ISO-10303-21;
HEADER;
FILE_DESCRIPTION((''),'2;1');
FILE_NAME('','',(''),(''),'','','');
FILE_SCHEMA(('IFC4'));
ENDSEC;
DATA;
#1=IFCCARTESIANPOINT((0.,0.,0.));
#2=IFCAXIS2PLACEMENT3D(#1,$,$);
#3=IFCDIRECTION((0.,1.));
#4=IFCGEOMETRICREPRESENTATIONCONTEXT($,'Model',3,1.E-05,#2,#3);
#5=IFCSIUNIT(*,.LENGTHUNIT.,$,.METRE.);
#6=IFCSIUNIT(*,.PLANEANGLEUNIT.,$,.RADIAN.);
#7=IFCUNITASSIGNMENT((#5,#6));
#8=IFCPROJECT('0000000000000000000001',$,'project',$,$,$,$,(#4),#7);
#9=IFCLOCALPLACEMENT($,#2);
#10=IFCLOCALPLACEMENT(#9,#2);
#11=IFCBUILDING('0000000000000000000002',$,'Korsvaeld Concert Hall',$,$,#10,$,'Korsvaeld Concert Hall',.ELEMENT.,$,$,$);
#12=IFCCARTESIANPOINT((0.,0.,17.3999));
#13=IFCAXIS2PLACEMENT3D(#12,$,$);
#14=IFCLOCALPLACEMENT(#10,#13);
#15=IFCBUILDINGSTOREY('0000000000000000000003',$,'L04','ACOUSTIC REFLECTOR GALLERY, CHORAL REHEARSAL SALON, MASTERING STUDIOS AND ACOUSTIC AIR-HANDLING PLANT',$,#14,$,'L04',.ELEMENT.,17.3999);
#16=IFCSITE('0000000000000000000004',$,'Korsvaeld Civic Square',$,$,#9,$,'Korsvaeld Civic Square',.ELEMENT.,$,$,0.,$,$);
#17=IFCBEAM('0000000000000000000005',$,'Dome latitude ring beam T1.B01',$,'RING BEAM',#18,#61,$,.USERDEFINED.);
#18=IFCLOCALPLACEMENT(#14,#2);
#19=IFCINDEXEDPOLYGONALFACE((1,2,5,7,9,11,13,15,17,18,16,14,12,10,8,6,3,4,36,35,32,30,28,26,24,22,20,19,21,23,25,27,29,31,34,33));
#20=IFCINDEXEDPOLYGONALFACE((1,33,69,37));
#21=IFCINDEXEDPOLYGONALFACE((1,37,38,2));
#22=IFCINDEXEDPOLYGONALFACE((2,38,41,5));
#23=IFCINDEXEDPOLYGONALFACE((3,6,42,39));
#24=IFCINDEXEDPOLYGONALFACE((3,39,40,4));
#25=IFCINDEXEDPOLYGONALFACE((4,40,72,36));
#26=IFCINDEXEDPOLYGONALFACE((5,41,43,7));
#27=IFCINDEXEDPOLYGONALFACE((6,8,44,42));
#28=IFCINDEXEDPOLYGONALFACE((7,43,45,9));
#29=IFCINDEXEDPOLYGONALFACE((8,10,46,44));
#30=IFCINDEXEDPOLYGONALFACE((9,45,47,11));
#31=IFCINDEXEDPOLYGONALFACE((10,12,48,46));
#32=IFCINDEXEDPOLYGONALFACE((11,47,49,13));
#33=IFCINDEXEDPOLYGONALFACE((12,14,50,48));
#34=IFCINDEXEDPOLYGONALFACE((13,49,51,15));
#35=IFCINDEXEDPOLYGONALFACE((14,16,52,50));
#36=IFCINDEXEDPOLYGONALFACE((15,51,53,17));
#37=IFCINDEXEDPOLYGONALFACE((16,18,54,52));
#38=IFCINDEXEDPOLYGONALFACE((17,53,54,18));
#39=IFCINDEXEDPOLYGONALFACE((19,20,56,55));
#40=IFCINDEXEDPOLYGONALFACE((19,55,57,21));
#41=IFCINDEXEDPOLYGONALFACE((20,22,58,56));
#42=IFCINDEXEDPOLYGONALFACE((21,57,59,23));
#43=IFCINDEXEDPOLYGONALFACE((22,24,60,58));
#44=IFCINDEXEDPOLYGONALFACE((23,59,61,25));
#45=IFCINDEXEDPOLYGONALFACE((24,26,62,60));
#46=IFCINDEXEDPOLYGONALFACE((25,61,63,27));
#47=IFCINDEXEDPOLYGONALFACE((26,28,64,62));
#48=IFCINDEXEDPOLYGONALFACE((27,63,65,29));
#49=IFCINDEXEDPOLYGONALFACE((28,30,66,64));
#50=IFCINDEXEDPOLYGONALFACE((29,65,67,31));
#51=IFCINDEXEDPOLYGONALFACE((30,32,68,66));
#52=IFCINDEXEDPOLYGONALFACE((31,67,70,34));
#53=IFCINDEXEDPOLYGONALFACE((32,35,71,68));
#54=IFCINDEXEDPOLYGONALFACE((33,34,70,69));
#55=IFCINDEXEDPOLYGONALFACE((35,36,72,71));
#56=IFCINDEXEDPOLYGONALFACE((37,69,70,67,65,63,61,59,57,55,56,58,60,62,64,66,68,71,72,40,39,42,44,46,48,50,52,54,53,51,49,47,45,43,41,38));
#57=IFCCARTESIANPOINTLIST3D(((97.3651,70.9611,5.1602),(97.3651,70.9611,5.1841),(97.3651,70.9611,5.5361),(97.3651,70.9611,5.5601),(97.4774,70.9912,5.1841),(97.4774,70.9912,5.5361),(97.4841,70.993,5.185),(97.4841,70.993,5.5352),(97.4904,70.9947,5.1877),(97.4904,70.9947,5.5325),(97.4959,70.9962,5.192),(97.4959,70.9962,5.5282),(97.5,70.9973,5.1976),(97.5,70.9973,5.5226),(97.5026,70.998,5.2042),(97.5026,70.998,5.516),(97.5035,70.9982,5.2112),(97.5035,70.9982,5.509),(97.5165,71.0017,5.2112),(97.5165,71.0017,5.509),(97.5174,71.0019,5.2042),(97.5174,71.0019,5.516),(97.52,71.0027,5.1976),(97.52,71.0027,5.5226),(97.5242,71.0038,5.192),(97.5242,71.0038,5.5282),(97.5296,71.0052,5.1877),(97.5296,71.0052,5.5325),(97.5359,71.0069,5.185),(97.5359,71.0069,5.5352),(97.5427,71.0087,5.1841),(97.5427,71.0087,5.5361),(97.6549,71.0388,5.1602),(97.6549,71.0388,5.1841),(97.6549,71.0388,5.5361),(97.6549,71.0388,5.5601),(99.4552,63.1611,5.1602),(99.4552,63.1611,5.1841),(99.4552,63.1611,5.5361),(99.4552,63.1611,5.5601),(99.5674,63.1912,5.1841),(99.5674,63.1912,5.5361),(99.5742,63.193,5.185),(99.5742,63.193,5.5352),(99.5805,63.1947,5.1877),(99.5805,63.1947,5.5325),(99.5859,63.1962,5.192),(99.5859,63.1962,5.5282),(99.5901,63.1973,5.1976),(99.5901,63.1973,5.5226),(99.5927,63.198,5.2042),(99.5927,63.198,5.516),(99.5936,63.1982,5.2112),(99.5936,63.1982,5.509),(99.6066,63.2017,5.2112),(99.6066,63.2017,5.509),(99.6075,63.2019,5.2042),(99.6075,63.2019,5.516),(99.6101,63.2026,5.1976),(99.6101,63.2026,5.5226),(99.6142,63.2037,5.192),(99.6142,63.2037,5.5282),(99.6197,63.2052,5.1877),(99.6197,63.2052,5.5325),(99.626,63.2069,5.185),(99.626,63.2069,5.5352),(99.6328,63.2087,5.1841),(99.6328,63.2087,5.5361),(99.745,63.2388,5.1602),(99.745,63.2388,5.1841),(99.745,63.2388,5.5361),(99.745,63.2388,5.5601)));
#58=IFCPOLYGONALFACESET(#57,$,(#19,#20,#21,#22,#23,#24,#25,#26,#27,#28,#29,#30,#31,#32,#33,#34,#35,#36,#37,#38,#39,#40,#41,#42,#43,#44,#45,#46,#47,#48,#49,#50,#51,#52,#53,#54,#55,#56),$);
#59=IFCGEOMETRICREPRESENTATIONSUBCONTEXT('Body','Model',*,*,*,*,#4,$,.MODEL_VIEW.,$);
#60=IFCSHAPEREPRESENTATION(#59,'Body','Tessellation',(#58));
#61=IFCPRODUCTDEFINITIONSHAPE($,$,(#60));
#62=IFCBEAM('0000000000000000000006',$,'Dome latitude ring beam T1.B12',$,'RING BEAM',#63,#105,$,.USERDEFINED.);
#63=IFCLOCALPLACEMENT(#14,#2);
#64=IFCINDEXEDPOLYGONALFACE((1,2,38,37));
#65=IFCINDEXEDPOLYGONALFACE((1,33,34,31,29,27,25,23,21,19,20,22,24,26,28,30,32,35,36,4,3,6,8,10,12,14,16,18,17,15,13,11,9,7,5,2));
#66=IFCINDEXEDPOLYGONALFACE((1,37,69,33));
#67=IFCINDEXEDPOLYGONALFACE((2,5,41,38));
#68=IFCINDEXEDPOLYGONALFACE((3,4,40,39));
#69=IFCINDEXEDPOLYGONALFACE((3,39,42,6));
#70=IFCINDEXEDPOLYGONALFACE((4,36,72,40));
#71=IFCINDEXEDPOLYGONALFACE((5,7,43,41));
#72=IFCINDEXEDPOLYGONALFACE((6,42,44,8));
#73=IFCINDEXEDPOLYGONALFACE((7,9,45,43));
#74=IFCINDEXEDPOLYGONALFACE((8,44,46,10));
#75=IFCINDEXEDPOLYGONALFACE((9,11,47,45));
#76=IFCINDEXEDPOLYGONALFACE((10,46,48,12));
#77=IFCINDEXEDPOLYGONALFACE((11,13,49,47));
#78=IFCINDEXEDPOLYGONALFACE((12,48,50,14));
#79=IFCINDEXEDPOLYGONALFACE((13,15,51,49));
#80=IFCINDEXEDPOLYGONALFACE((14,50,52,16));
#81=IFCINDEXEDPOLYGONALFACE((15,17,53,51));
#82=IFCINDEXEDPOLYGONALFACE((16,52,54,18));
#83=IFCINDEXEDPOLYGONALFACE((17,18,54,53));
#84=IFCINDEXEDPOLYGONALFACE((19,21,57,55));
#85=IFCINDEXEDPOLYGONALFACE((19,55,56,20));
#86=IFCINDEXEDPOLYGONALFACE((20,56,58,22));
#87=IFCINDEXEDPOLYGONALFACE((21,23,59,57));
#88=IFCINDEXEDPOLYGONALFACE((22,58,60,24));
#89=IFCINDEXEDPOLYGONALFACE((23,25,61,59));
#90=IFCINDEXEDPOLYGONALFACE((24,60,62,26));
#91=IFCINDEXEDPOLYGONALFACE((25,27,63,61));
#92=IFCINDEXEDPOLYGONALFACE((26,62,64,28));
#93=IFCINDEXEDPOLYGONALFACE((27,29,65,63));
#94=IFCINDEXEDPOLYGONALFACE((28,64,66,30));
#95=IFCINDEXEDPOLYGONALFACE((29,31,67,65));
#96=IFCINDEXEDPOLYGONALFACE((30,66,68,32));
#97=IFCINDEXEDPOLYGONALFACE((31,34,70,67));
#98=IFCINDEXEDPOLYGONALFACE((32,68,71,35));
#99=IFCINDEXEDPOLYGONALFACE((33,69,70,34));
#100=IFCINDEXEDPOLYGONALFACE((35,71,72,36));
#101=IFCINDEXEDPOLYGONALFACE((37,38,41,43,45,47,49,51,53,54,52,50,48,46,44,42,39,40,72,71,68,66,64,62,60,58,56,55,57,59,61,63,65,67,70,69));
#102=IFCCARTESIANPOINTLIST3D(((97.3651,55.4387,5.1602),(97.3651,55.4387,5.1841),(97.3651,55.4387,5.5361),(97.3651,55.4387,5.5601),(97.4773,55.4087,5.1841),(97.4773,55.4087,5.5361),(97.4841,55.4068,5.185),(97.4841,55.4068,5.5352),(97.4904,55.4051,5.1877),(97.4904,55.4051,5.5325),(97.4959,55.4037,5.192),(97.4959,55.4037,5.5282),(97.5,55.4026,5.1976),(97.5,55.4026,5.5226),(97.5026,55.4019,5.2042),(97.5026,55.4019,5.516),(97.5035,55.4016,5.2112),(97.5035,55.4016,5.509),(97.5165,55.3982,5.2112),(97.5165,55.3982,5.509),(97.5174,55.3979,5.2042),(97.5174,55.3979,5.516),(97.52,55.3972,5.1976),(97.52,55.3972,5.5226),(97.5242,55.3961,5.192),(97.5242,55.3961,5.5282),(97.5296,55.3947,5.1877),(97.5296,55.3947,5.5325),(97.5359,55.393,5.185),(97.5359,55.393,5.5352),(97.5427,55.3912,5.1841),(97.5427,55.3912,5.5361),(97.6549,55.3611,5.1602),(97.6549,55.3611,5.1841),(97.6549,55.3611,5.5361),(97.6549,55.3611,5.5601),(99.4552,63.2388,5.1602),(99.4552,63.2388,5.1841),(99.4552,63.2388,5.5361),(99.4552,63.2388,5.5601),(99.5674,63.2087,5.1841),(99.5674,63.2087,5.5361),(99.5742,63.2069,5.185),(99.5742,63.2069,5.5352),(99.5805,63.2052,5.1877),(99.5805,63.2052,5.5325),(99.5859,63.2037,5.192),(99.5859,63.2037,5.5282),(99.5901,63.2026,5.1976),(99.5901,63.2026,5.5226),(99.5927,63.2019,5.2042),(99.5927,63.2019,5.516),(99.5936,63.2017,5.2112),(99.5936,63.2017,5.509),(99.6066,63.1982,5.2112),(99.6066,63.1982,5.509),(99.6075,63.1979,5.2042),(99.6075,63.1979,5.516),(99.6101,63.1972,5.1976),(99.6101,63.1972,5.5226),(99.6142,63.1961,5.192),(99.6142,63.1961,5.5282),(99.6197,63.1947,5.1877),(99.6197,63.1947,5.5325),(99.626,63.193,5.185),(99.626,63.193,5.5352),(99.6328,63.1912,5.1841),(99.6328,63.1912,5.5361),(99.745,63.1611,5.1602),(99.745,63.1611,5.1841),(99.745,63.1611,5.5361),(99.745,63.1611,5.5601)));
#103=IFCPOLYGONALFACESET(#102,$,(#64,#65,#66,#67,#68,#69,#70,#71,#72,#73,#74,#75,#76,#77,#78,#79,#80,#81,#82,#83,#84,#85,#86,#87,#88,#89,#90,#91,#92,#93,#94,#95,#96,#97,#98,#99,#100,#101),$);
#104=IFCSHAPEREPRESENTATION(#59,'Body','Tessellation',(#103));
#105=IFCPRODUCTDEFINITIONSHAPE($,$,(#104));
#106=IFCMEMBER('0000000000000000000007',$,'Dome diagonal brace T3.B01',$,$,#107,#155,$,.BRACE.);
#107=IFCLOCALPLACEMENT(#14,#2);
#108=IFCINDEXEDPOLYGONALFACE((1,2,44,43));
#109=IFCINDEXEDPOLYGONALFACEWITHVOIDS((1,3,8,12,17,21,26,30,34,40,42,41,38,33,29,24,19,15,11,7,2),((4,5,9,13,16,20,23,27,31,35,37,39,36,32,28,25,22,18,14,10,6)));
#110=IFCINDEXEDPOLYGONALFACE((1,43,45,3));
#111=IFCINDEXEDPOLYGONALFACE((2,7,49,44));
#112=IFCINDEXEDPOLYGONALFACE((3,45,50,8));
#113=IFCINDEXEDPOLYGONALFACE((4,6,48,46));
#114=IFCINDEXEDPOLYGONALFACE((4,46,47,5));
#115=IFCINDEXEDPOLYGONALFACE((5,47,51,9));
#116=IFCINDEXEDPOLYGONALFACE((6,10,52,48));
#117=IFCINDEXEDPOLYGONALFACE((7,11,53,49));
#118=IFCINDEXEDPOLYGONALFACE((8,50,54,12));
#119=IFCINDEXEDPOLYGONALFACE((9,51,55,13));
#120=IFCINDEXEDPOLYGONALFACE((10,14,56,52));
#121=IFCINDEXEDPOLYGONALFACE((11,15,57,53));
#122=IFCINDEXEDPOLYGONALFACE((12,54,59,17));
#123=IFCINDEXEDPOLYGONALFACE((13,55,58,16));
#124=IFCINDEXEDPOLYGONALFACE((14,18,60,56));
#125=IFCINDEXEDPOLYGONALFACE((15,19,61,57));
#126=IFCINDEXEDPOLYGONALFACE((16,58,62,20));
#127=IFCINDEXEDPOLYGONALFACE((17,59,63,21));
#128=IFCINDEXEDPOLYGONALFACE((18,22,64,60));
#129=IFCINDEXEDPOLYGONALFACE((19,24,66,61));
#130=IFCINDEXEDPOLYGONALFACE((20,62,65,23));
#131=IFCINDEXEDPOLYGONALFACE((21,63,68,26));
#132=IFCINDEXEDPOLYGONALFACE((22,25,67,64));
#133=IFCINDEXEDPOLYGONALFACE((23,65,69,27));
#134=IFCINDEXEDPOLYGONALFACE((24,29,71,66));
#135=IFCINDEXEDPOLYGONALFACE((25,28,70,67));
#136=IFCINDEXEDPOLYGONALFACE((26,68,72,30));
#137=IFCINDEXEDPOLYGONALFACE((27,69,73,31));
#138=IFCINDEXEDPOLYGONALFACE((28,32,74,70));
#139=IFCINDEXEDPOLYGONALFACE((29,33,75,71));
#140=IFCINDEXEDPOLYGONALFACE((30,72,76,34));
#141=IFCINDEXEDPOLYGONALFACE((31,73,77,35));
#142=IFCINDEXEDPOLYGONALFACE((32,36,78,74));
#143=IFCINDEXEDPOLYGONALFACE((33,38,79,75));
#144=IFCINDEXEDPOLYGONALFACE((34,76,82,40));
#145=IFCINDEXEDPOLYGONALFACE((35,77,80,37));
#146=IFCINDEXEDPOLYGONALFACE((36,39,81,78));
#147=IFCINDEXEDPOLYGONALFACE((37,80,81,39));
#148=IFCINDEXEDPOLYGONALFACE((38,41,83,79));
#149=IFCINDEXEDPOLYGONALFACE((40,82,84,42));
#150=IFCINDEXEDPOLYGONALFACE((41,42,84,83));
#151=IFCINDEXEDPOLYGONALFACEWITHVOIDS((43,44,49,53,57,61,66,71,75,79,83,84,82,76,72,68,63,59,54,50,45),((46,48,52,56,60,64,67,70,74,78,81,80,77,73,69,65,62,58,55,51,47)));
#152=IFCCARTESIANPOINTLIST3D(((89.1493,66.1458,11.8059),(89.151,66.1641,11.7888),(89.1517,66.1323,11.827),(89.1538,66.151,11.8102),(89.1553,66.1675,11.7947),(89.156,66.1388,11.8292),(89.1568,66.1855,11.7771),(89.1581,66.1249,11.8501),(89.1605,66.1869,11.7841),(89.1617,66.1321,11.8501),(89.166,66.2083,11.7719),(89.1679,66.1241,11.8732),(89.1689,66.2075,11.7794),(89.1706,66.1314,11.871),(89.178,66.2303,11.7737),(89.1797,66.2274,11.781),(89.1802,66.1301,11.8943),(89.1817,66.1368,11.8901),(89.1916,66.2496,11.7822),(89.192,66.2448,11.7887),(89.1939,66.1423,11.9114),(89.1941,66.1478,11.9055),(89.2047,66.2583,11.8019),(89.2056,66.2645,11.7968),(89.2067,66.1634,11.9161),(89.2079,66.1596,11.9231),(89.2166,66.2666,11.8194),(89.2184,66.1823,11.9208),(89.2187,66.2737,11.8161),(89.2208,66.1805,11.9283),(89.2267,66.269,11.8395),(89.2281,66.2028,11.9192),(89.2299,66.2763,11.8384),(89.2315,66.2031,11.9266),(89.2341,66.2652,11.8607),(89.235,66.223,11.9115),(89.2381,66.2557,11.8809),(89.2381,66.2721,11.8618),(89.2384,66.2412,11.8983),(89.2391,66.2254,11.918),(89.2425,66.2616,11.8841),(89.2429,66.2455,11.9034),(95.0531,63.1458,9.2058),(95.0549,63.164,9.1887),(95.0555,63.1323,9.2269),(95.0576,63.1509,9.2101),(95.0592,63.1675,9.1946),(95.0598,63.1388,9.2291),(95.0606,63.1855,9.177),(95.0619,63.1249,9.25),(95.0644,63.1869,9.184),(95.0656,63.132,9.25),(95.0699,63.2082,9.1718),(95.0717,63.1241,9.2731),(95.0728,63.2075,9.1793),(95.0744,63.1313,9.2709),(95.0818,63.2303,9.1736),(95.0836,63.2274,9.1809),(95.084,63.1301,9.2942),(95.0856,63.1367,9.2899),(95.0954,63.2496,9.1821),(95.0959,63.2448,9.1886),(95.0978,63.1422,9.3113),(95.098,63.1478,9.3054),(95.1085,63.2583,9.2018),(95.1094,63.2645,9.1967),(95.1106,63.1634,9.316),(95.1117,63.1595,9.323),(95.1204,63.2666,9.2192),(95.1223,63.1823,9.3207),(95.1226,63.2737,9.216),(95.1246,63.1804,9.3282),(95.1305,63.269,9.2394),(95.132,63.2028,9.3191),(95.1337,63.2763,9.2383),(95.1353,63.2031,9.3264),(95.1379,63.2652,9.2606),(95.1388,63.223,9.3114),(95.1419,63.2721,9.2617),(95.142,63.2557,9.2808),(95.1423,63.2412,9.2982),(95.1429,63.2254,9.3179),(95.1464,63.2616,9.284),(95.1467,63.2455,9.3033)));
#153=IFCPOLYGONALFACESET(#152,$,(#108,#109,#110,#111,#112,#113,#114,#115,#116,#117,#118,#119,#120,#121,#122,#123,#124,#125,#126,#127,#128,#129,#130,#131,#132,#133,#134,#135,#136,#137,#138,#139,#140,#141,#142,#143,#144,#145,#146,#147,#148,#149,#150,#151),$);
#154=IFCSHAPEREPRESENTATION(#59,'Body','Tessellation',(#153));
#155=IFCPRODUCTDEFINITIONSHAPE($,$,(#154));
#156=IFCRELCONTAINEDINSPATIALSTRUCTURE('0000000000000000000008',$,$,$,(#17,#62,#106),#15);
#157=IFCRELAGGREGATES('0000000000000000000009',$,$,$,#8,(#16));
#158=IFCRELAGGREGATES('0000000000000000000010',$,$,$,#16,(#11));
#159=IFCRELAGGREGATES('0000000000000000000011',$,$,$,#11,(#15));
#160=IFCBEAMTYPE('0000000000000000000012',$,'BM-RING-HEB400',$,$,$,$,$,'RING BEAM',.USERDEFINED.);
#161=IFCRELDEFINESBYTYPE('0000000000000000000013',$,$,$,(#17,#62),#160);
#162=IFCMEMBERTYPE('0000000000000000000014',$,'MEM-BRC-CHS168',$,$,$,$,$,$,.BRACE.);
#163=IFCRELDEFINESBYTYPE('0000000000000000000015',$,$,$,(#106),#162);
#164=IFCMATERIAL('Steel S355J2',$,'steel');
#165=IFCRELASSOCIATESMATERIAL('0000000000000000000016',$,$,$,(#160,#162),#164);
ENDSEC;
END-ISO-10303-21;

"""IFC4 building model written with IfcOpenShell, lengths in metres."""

from ifc_helpers import new_model, si_unit, direction, frame, origin, origin_2d, place, context, subcontext, project, spatial, hollow_circle, i_section, extrude, material, material_profile, profile_set, type_object, element, save


model = new_model("IFC4")

# Units and contexts
model_context = context("Model", 3, precision=1e-05, world=origin(), true_north=direction((0.0, 1.0)))
body_context = subcontext(model_context, "Body", "Model", "MODEL_VIEW")
ifc_project = project(units=[si_unit("LENGTHUNIT", "METRE"), si_unit("PLANEANGLEUNIT", "RADIAN")], contexts=[model_context])

# Site, building, storey
site_placement = place(None, origin())
site = spatial("IfcSite", under=ifc_project, at=site_placement, Name="Korsvaeld Civic Square", LongName="Korsvaeld Civic Square", CompositionType="ELEMENT", RefElevation=0.0)
building_placement = place(site_placement, origin())
building = spatial("IfcBuilding", under=site, at=building_placement, Name="Korsvaeld Concert Hall", LongName="Korsvaeld Concert Hall", CompositionType="ELEMENT")
storey_placement = place(building_placement, frame((0.0, 0.0, 17.3999)))
storey = spatial("IfcBuildingStorey", under=building, at=storey_placement, Name="L04", Description="ACOUSTIC REFLECTOR GALLERY, CHORAL REHEARSAL SALON, MASTERING STUDIOS AND ACOUSTIC AIR-HANDLING PLANT", LongName="L04", CompositionType="ELEMENT", Elevation=17.3999)

# Beams
ifc_material_1 = material(Name="Steel S355J2", Category="steel")
ifc_material_profile_1 = material_profile(ifc_material_1, i_section(OverallWidth=0.3, OverallDepth=0.3999, WebThickness=0.0134, FlangeThickness=0.0239, FilletRadius=0.0271, at=origin_2d()), Name="HEB 400")
ifc_profile_set_1 = profile_set([ifc_material_profile_1], Name="Steel S355J2")
beam_type = type_object("IfcBeamType", Name="BM-RING-HEB400", ElementType="RING BEAM", PredefinedType="USERDEFINED", material=ifc_profile_set_1)
for number, where, z_axis, x_axis, name in (
    (1, (99.6001, 63.2, 5.3601), (-0.258827, 0.965924, 0.0), (-0.965924, -0.258827, 0.0), "Dome latitude ring beam T1.B01"),
    (2, (97.51, 55.3999, 5.3601), (0.258827, 0.965924, 0.0), (-0.965924, 0.258827, 0.0), "Dome latitude ring beam T1.B12"),
):
    element("IfcBeam", number, at=place(storey_placement, frame(where, z_axis=z_axis, x_axis=x_axis)), inside=storey, type_object=beam_type, Name=name, ObjectType="RING BEAM", PredefinedType="USERDEFINED", context=body_context, shape_type="SweptSolid", body=[
        extrude(i_section(OverallWidth=0.3, OverallDepth=0.3999, WebThickness=0.0134, FlangeThickness=0.0239, FilletRadius=0.0271, at=origin_2d()), origin(), (0.0, 0.0, 1.0), 8.0752),
    ])

# Member
ifc_material_profile_2 = material_profile(ifc_material_1, hollow_circle(Radius=0.0842, WallThickness=0.0081, at=origin_2d()), Name="CHS 168.3x8")
ifc_profile_set_2 = profile_set([ifc_material_profile_2], Name="Steel S355J2")
member_type_1 = type_object("IfcMemberType", Name="MEM-BRC-CHS168", PredefinedType="BRACE", material=ifc_profile_set_2)
member_1_placement = place(storey_placement, frame((95.1001, 63.2, 9.25), z_axis=(-0.829833, 0.421677, 0.365467), x_axis=(-0.453014, -0.891503, 0.0)))
element("IfcMember", 3, at=member_1_placement, inside=storey, type_object=member_type_1, Name="Dome diagonal brace T3.B01", PredefinedType="BRACE", context=body_context, shape_type="SweptSolid", body=[
    extrude(hollow_circle(Radius=0.0842, WallThickness=0.0081, at=origin_2d()), origin(), (0.0, 0.0, 1.0), 7.1145),
])

save(model, "model.ifc")
